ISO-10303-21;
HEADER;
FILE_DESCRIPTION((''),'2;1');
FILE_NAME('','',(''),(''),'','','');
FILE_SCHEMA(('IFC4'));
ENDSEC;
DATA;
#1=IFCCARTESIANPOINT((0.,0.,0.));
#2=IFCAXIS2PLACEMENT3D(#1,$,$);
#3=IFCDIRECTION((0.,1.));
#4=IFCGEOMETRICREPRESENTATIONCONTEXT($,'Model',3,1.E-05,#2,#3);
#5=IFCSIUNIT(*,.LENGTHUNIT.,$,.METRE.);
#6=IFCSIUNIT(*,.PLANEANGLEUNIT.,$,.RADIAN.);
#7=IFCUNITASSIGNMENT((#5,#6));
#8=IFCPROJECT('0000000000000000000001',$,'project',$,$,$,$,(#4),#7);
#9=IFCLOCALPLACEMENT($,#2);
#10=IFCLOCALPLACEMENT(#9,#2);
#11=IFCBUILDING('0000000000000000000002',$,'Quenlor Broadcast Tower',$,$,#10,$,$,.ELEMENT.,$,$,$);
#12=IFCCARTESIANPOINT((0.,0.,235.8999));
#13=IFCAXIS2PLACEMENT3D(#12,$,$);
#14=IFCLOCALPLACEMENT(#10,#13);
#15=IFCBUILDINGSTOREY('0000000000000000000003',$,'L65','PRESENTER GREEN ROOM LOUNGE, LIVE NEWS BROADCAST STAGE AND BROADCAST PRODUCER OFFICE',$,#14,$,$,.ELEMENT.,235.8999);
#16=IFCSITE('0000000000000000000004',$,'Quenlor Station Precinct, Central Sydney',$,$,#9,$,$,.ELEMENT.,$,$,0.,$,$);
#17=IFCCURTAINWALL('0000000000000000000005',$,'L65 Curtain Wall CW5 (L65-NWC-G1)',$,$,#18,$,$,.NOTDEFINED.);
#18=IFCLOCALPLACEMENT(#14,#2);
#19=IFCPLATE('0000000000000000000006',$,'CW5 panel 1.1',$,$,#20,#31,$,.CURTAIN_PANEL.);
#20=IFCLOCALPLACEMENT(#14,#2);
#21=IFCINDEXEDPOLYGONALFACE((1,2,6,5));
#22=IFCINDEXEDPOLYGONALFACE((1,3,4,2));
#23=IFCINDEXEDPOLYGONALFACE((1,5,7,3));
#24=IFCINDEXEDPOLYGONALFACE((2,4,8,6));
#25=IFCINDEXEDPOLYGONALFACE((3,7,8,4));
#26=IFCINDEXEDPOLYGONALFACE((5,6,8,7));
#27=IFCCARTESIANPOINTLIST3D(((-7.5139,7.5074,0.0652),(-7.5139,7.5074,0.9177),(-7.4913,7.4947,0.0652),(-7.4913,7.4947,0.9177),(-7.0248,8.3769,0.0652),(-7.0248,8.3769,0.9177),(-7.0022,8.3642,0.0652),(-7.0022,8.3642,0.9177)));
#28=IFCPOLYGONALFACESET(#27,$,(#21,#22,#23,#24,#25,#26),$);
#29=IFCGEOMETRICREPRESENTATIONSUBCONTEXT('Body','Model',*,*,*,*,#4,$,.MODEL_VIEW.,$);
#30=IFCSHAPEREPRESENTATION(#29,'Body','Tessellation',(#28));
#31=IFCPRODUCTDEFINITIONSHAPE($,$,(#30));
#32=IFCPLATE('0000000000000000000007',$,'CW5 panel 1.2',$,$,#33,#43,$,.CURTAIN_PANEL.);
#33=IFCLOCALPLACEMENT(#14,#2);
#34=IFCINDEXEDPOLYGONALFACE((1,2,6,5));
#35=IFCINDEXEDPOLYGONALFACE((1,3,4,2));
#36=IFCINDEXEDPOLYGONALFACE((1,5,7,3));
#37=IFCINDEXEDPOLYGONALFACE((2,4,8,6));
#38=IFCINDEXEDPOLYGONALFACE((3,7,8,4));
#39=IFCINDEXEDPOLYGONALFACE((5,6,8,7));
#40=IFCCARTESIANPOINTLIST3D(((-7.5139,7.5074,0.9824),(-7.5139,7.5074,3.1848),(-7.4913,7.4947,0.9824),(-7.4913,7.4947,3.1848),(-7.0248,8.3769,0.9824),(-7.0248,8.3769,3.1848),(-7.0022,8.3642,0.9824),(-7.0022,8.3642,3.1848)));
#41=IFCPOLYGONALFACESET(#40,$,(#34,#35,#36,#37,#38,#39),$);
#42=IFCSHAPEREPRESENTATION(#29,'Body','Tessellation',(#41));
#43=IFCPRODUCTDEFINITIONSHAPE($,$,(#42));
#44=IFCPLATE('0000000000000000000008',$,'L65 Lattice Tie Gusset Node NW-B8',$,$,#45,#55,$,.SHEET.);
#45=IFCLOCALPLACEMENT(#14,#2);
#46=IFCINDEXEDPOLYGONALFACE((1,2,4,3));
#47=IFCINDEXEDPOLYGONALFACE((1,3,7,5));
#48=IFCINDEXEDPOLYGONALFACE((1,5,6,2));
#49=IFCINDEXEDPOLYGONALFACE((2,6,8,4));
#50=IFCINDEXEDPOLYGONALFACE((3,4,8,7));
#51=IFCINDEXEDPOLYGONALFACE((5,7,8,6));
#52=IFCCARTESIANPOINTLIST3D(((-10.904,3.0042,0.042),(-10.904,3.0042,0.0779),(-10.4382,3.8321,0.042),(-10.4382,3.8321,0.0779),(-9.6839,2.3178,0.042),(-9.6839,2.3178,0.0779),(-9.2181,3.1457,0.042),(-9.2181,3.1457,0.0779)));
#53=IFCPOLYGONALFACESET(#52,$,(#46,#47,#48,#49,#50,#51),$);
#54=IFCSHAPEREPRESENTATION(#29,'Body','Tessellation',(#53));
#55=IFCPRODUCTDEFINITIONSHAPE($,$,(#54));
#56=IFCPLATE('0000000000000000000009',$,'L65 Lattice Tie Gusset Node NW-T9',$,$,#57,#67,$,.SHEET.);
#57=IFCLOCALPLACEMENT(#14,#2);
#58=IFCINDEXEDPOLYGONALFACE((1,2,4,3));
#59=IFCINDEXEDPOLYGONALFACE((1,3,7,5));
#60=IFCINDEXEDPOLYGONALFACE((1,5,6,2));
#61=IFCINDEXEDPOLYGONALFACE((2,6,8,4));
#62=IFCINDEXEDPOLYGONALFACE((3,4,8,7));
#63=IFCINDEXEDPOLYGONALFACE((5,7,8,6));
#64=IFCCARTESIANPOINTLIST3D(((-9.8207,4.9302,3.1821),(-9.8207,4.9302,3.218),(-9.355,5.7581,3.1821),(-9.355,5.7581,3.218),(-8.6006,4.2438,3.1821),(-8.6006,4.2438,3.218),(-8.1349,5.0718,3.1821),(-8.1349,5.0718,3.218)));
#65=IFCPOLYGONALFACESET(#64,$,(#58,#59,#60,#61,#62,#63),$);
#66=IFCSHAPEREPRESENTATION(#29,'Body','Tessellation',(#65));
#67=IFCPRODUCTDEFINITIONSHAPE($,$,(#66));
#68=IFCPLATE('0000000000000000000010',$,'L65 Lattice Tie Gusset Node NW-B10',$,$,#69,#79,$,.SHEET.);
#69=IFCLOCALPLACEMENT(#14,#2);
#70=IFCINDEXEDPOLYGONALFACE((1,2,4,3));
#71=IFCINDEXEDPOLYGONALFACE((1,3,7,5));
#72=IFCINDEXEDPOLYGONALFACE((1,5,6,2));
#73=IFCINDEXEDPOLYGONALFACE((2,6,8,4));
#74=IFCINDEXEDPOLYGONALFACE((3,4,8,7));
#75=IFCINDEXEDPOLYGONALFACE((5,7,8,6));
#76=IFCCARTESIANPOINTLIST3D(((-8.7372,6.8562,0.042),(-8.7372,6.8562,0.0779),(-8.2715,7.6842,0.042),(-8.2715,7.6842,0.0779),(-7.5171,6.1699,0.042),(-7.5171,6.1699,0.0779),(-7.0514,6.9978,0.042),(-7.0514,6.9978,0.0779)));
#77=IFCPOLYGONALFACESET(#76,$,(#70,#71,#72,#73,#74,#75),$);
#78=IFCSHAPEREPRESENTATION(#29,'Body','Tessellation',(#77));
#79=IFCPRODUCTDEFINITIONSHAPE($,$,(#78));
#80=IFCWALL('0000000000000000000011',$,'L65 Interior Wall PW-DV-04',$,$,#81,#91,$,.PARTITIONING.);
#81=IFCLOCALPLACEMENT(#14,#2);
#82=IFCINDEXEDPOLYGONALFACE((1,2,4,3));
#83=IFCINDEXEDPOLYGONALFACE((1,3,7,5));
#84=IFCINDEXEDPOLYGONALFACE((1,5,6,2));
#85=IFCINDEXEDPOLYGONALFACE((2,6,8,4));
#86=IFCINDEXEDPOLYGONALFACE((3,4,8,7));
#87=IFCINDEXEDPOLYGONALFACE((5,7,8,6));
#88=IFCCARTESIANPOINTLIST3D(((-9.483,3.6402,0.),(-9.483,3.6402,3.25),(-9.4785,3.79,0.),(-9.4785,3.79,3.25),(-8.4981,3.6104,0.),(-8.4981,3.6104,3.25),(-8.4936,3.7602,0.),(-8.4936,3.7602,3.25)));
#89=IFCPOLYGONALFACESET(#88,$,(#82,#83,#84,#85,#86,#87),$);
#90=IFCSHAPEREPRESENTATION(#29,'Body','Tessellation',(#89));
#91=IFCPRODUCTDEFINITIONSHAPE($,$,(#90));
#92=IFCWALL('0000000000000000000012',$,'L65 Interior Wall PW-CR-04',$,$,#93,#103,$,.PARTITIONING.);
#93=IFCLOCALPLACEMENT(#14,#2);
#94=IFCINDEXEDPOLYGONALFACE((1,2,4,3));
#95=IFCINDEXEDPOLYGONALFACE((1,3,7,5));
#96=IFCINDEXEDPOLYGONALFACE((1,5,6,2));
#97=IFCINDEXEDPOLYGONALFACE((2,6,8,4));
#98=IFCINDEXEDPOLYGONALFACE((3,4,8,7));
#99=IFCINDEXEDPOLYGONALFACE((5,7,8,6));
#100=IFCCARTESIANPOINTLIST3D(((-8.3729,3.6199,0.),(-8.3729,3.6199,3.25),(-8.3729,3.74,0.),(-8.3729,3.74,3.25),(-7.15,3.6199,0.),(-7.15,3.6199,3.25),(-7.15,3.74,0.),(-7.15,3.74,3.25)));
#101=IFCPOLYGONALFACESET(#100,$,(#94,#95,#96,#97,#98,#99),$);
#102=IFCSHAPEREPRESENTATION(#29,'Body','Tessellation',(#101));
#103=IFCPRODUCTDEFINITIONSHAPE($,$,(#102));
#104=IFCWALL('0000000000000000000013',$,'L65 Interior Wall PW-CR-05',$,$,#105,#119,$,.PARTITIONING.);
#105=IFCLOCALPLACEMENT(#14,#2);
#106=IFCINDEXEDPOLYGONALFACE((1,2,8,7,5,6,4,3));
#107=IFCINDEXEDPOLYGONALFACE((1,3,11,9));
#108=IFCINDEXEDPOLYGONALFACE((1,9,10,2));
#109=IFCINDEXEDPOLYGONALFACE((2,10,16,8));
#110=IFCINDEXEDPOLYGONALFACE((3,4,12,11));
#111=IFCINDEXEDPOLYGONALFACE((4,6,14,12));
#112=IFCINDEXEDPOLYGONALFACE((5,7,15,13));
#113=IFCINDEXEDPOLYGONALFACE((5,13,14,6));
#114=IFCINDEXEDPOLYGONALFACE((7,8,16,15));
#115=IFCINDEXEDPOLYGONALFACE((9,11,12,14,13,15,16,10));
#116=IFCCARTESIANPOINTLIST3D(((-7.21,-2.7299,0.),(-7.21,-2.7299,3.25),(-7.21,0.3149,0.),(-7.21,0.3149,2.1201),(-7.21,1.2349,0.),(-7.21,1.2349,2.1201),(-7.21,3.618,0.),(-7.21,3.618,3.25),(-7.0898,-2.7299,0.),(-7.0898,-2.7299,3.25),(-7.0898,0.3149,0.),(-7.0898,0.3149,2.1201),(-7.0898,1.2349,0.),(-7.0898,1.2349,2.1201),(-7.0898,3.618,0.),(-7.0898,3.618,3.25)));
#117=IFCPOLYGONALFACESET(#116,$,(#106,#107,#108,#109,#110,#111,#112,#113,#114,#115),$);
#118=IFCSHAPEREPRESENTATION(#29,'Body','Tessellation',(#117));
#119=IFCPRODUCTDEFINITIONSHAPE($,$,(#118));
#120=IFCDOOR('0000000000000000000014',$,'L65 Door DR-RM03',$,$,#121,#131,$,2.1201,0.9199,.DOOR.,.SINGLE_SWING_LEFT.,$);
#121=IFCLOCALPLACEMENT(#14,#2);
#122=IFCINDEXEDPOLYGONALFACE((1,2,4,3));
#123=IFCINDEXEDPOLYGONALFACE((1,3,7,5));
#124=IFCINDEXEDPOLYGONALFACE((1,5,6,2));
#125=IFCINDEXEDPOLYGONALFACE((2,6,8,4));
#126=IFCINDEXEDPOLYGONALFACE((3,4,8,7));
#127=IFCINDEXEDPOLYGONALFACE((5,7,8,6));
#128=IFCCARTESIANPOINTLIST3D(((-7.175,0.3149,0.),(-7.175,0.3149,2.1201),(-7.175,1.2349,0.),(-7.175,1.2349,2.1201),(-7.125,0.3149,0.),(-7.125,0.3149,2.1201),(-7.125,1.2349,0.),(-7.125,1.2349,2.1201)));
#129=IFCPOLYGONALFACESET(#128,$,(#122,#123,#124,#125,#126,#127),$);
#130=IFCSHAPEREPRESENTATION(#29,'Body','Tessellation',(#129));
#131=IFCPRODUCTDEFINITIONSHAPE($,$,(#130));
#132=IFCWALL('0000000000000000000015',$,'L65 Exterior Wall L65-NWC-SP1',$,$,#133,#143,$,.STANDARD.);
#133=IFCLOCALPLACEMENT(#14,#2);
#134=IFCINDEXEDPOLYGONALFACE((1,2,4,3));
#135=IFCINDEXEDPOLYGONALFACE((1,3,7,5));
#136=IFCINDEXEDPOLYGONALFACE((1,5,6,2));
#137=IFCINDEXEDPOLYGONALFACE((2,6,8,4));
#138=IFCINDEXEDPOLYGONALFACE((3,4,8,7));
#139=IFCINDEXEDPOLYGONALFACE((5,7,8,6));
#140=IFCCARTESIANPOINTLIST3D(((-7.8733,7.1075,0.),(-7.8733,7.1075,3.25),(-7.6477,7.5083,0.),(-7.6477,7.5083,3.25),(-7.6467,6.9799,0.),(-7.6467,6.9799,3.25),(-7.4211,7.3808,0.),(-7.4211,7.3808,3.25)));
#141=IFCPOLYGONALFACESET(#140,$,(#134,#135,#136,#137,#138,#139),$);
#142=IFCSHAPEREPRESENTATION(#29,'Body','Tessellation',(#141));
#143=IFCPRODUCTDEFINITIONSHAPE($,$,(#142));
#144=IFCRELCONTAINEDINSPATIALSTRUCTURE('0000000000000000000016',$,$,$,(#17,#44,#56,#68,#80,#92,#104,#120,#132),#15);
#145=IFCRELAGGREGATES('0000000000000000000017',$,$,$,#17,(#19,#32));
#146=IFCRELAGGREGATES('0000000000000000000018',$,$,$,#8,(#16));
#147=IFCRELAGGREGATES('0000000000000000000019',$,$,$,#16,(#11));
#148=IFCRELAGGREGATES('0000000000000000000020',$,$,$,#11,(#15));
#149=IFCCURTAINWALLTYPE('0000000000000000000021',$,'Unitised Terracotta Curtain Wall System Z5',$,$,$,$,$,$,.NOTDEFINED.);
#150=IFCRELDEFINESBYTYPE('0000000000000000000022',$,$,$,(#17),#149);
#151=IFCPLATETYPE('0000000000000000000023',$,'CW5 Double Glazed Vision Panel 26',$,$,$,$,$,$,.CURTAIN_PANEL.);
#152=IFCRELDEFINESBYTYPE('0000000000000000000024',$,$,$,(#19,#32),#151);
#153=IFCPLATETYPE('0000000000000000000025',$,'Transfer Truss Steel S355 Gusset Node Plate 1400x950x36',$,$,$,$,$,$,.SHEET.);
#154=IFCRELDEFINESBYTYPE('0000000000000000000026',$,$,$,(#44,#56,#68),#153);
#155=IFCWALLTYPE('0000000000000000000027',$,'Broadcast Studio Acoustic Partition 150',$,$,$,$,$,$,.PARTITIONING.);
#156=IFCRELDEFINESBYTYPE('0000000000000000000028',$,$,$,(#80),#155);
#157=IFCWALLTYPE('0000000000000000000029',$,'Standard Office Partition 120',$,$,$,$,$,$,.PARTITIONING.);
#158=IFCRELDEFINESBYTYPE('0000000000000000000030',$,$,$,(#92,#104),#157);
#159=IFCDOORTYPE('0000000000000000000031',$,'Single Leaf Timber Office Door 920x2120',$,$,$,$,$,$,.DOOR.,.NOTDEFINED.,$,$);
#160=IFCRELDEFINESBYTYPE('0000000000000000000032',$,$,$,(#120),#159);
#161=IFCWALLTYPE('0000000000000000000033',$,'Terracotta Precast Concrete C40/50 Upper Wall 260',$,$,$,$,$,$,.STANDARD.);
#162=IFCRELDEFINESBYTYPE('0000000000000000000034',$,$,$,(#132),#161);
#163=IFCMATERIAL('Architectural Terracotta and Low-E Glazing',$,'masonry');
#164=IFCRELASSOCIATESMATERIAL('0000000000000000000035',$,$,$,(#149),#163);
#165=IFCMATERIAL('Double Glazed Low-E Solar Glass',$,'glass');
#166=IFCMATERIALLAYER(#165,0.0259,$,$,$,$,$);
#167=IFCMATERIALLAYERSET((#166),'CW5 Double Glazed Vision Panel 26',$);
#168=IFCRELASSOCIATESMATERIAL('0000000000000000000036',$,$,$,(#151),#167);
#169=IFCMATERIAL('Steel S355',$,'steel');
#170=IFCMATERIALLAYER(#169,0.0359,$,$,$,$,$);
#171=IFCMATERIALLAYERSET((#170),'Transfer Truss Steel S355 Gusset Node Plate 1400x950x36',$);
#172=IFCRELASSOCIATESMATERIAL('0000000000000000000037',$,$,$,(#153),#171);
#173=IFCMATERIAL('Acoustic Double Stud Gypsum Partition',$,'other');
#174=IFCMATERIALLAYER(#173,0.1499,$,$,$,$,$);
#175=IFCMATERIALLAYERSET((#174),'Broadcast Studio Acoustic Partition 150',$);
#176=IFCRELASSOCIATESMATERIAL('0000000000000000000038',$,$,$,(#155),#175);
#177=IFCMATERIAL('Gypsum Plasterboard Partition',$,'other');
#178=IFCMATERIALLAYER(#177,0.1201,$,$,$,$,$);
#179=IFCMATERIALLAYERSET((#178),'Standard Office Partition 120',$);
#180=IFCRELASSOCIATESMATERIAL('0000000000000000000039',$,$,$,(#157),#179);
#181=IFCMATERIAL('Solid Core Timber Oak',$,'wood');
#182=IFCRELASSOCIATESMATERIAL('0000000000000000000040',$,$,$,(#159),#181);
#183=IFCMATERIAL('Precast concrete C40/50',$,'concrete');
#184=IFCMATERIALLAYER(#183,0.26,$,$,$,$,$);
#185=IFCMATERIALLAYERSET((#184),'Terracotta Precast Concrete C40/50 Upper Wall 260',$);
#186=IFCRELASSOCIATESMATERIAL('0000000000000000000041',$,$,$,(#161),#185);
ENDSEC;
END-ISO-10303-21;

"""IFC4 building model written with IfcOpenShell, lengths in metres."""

from ifc_helpers import new_model, si_unit, direction, frame, frame_2d, origin, origin_2d, place, context, subcontext, project, spatial, rectangle, extrude, material, layer, layer_set, type_object, element, fill, aggregate, save


model = new_model("IFC4")

# Units and contexts
model_context = context("Model", 3, precision=1e-05, world=origin(), true_north=direction((0.0, 1.0)))
body_context = subcontext(model_context, "Body", "Model", "MODEL_VIEW")
ifc_project = project(units=[si_unit("LENGTHUNIT", "METRE"), si_unit("PLANEANGLEUNIT", "RADIAN")], contexts=[model_context])

# Site, building, storey
site_placement = place(None, origin())
site = spatial("IfcSite", under=ifc_project, at=site_placement, Name="Quenlor Station Precinct, Central Sydney", CompositionType="ELEMENT", RefElevation=0.0)
building_placement = place(site_placement, origin())
building = spatial("IfcBuilding", under=site, at=building_placement, Name="Quenlor Broadcast Tower", CompositionType="ELEMENT")
storey_placement = place(building_placement, frame((0.0, 0.0, 235.8999)))
storey = spatial("IfcBuildingStorey", under=building, at=storey_placement, Name="L65", Description="PRESENTER GREEN ROOM LOUNGE, LIVE NEWS BROADCAST STAGE AND BROADCAST PRODUCER OFFICE", CompositionType="ELEMENT", Elevation=235.8999)

# Curtain wall
ifc_material_1 = material(Name="Architectural Terracotta and Low-E Glazing", Category="masonry")
curtain_wall_type = type_object("IfcCurtainWallType", Name="Unitised Terracotta Curtain Wall System Z5", PredefinedType="NOTDEFINED", material=ifc_material_1)
curtain_wall_placement = place(storey_placement, origin())
curtain_wall = element("IfcCurtainWall", 1, at=curtain_wall_placement, inside=storey, type_object=curtain_wall_type, Name="L65 Curtain Wall CW5 (L65-NWC-G1)", PredefinedType="NOTDEFINED")

# Plates
ifc_material_2 = material(Name="Double Glazed Low-E Solar Glass", Category="glass")
ifc_layer_1 = layer(ifc_material_2, 0.0259)
ifc_layer_set_1 = layer_set([ifc_layer_1], Name="CW5 Double Glazed Vision Panel 26")
plate_type_1 = type_object("IfcPlateType", Name="CW5 Double Glazed Vision Panel 26", PredefinedType="CURTAIN_PANEL", material=ifc_layer_set_1)
plate_1_placement = place(storey_placement, frame((-7.2581, 7.9358, 0.0652), z_axis=(0.0, 0.0, 1.0), x_axis=(0.490282, 0.871564, 0.0)))
plate_1 = element("IfcPlate", 2, at=plate_1_placement, type_object=plate_type_1, Name="CW5 panel 1.1", PredefinedType="CURTAIN_PANEL", context=body_context, shape_type="SweptSolid", body=[
    extrude(rectangle(XDim=0.9976, YDim=0.0259, at=origin_2d()), origin(), (0.0, 0.0, 1.0), 0.8525),
])
plate_2_placement = place(storey_placement, frame((-7.2581, 7.9358, 0.9824), z_axis=(0.0, 0.0, 1.0), x_axis=(0.490282, 0.871564, 0.0)))
plate_2 = element("IfcPlate", 3, at=plate_2_placement, type_object=plate_type_1, Name="CW5 panel 1.2", PredefinedType="CURTAIN_PANEL", context=body_context, shape_type="SweptSolid", body=[
    extrude(rectangle(XDim=0.9976, YDim=0.0259, at=origin_2d()), origin(), (0.0, 0.0, 1.0), 2.2024),
])
aggregate(curtain_wall, [plate_1, plate_2])

# Plates
ifc_material_3 = material(Name="Steel S355", Category="steel")
ifc_layer_2 = layer(ifc_material_3, 0.0359)
ifc_layer_set_2 = layer_set([ifc_layer_2], Name="Transfer Truss Steel S355 Gusset Node Plate 1400x950x36")
plate_type_2 = type_object("IfcPlateType", Name="Transfer Truss Steel S355 Gusset Node Plate 1400x950x36", PredefinedType="SHEET", material=ifc_layer_set_2)
for number, where, z_axis, x_axis, name in (
    (4, (-10.061, 3.075, 0.042), (0.0, 0.0, 1.0), (-0.871556, 0.490295, 0.0), "L65 Lattice Tie Gusset Node NW-B8"),
    (5, (-8.9778, 5.001, 3.1821), (0.0, 0.0, 1.0), (-0.871556, 0.490295, 0.0), "L65 Lattice Tie Gusset Node NW-T9"),
    (6, (-7.8943, 6.927, 0.042), (0.0, 0.0, 1.0), (-0.871556, 0.490295, 0.0), "L65 Lattice Tie Gusset Node NW-B10"),
):
    element("IfcPlate", number, at=place(storey_placement, frame(where, z_axis=z_axis, x_axis=x_axis)), inside=storey, type_object=plate_type_2, Name=name, PredefinedType="SHEET", context=body_context, shape_type="SweptSolid", body=[
        extrude(rectangle(XDim=1.3999, YDim=0.95, at=origin_2d()), origin(), (0.0, 0.0, 1.0), 0.0359),
    ])

# Walls
ifc_material_4 = material(Name="Acoustic Double Stud Gypsum Partition", Category="other")
ifc_layer_3 = layer(ifc_material_4, 0.1499)
ifc_layer_set_3 = layer_set([ifc_layer_3], Name="Broadcast Studio Acoustic Partition 150")
wall_type_1 = type_object("IfcWallType", Name="Broadcast Studio Acoustic Partition 150", PredefinedType="PARTITIONING", material=ifc_layer_set_3)
wall_1_placement = place(storey_placement, frame((-8.4958, 3.6853, 0.0), z_axis=(0.0, 0.0, 1.0), x_axis=(-0.999543, 0.030229, 0.0)))
element("IfcWall", 7, at=wall_1_placement, inside=storey, type_object=wall_type_1, Name="L65 Interior Wall PW-DV-04", PredefinedType="PARTITIONING", context=body_context, shape_type="SweptSolid", body=[
    extrude(rectangle(XDim=0.9854, YDim=0.1499, at=frame_2d((0.4927, 0.0))), origin(), (0.0, 0.0, 1.0), 3.25),
])
ifc_material_5 = material(Name="Gypsum Plasterboard Partition", Category="other")
ifc_layer_4 = layer(ifc_material_5, 0.1201)
ifc_layer_set_4 = layer_set([ifc_layer_4], Name="Standard Office Partition 120")
wall_type_2 = type_object("IfcWallType", Name="Standard Office Partition 120", PredefinedType="PARTITIONING", material=ifc_layer_set_4)
wall_2_placement = place(storey_placement, frame((-8.3728, 3.6799, 0.0), z_axis=(0.0, 0.0, 1.0), x_axis=(1.0, 0.0, 0.0)))
element("IfcWall", 8, at=wall_2_placement, inside=storey, type_object=wall_type_2, Name="L65 Interior Wall PW-CR-04", PredefinedType="PARTITIONING", context=body_context, shape_type="SweptSolid", body=[
    extrude(rectangle(XDim=1.2229, YDim=0.1201, at=frame_2d((0.6113, 0.0))), origin(), (0.0, 0.0, 1.0), 3.25),
])

# Wall, opening, door
wall_3_placement = place(storey_placement, frame((-7.1499, 3.6179, 0.0), z_axis=(0.0, 0.0, 1.0), x_axis=(0.0, -1.0, 0.0)))
wall_3 = element("IfcWall", 9, at=wall_3_placement, inside=storey, type_object=wall_type_2, Name="L65 Interior Wall PW-CR-05", PredefinedType="PARTITIONING", context=body_context, shape_type="SweptSolid", body=[
    extrude(rectangle(XDim=6.3479, YDim=0.1201, at=frame_2d((3.1738, 0.0))), origin(), (0.0, 0.0, 1.0), 3.25),
])
opening_placement = place(wall_3_placement, frame((2.3831, 0.0, 0.0)))
opening = element("IfcOpeningElement", 10, at=opening_placement, cuts=wall_3, PredefinedType="OPENING", context=body_context, shape_type="SweptSolid", body=[
    extrude(rectangle(XDim=0.9199, YDim=2.1201, at=frame_2d((0.46, 1.0601))), frame((0.0, 0.0701, 0.0), z_axis=(0.0, -1.0, 0.0), x_axis=(1.0, 0.0, 0.0)), (0.0, 0.0, 1.0), 0.1401),
])
ifc_material_6 = material(Name="Solid Core Timber Oak", Category="wood")
door_type = type_object("IfcDoorType", Name="Single Leaf Timber Office Door 920x2120", OperationType="NOTDEFINED", PredefinedType="DOOR", material=ifc_material_6)
door_placement = place(opening_placement, origin())
door = element("IfcDoor", 11, at=door_placement, inside=storey, type_object=door_type, Name="L65 Door DR-RM03", OperationType="SINGLE_SWING_LEFT", OverallHeight=2.1201, OverallWidth=0.9199, PredefinedType="DOOR", context=body_context, shape_type="SweptSolid", body=[
    extrude(rectangle(XDim=0.9199, YDim=2.1201, at=frame_2d((0.46, 1.0601))), frame((0.0, 0.0249, 0.0), z_axis=(0.0, -1.0, 0.0), x_axis=(1.0, 0.0, 0.0)), (0.0, 0.0, 1.0), 0.05),
])
fill(opening, door)

# Wall
ifc_material_7 = material(Name="Precast concrete C40/50", Category="concrete")
ifc_layer_5 = layer(ifc_material_7, 0.26)
ifc_layer_set_5 = layer_set([ifc_layer_5], Name="Terracotta Precast Concrete C40/50 Upper Wall 260")
wall_type_3 = type_object("IfcWallType", Name="Terracotta Precast Concrete C40/50 Upper Wall 260", PredefinedType="STANDARD", material=ifc_layer_set_5)
wall_4_placement = place(storey_placement, frame((-7.76, 7.0437, 0.0), z_axis=(0.0, 0.0, 1.0), x_axis=(0.490412, 0.87149, 0.0)))
element("IfcWall", 12, at=wall_4_placement, inside=storey, type_object=wall_type_3, Name="L65 Exterior Wall L65-NWC-SP1", PredefinedType="STANDARD", context=body_context, shape_type="SweptSolid", body=[
    extrude(rectangle(XDim=0.46, YDim=0.26, at=frame_2d((0.23, 0.0))), origin(), (0.0, 0.0, 1.0), 3.25),
])

save(model, "model.ifc")
